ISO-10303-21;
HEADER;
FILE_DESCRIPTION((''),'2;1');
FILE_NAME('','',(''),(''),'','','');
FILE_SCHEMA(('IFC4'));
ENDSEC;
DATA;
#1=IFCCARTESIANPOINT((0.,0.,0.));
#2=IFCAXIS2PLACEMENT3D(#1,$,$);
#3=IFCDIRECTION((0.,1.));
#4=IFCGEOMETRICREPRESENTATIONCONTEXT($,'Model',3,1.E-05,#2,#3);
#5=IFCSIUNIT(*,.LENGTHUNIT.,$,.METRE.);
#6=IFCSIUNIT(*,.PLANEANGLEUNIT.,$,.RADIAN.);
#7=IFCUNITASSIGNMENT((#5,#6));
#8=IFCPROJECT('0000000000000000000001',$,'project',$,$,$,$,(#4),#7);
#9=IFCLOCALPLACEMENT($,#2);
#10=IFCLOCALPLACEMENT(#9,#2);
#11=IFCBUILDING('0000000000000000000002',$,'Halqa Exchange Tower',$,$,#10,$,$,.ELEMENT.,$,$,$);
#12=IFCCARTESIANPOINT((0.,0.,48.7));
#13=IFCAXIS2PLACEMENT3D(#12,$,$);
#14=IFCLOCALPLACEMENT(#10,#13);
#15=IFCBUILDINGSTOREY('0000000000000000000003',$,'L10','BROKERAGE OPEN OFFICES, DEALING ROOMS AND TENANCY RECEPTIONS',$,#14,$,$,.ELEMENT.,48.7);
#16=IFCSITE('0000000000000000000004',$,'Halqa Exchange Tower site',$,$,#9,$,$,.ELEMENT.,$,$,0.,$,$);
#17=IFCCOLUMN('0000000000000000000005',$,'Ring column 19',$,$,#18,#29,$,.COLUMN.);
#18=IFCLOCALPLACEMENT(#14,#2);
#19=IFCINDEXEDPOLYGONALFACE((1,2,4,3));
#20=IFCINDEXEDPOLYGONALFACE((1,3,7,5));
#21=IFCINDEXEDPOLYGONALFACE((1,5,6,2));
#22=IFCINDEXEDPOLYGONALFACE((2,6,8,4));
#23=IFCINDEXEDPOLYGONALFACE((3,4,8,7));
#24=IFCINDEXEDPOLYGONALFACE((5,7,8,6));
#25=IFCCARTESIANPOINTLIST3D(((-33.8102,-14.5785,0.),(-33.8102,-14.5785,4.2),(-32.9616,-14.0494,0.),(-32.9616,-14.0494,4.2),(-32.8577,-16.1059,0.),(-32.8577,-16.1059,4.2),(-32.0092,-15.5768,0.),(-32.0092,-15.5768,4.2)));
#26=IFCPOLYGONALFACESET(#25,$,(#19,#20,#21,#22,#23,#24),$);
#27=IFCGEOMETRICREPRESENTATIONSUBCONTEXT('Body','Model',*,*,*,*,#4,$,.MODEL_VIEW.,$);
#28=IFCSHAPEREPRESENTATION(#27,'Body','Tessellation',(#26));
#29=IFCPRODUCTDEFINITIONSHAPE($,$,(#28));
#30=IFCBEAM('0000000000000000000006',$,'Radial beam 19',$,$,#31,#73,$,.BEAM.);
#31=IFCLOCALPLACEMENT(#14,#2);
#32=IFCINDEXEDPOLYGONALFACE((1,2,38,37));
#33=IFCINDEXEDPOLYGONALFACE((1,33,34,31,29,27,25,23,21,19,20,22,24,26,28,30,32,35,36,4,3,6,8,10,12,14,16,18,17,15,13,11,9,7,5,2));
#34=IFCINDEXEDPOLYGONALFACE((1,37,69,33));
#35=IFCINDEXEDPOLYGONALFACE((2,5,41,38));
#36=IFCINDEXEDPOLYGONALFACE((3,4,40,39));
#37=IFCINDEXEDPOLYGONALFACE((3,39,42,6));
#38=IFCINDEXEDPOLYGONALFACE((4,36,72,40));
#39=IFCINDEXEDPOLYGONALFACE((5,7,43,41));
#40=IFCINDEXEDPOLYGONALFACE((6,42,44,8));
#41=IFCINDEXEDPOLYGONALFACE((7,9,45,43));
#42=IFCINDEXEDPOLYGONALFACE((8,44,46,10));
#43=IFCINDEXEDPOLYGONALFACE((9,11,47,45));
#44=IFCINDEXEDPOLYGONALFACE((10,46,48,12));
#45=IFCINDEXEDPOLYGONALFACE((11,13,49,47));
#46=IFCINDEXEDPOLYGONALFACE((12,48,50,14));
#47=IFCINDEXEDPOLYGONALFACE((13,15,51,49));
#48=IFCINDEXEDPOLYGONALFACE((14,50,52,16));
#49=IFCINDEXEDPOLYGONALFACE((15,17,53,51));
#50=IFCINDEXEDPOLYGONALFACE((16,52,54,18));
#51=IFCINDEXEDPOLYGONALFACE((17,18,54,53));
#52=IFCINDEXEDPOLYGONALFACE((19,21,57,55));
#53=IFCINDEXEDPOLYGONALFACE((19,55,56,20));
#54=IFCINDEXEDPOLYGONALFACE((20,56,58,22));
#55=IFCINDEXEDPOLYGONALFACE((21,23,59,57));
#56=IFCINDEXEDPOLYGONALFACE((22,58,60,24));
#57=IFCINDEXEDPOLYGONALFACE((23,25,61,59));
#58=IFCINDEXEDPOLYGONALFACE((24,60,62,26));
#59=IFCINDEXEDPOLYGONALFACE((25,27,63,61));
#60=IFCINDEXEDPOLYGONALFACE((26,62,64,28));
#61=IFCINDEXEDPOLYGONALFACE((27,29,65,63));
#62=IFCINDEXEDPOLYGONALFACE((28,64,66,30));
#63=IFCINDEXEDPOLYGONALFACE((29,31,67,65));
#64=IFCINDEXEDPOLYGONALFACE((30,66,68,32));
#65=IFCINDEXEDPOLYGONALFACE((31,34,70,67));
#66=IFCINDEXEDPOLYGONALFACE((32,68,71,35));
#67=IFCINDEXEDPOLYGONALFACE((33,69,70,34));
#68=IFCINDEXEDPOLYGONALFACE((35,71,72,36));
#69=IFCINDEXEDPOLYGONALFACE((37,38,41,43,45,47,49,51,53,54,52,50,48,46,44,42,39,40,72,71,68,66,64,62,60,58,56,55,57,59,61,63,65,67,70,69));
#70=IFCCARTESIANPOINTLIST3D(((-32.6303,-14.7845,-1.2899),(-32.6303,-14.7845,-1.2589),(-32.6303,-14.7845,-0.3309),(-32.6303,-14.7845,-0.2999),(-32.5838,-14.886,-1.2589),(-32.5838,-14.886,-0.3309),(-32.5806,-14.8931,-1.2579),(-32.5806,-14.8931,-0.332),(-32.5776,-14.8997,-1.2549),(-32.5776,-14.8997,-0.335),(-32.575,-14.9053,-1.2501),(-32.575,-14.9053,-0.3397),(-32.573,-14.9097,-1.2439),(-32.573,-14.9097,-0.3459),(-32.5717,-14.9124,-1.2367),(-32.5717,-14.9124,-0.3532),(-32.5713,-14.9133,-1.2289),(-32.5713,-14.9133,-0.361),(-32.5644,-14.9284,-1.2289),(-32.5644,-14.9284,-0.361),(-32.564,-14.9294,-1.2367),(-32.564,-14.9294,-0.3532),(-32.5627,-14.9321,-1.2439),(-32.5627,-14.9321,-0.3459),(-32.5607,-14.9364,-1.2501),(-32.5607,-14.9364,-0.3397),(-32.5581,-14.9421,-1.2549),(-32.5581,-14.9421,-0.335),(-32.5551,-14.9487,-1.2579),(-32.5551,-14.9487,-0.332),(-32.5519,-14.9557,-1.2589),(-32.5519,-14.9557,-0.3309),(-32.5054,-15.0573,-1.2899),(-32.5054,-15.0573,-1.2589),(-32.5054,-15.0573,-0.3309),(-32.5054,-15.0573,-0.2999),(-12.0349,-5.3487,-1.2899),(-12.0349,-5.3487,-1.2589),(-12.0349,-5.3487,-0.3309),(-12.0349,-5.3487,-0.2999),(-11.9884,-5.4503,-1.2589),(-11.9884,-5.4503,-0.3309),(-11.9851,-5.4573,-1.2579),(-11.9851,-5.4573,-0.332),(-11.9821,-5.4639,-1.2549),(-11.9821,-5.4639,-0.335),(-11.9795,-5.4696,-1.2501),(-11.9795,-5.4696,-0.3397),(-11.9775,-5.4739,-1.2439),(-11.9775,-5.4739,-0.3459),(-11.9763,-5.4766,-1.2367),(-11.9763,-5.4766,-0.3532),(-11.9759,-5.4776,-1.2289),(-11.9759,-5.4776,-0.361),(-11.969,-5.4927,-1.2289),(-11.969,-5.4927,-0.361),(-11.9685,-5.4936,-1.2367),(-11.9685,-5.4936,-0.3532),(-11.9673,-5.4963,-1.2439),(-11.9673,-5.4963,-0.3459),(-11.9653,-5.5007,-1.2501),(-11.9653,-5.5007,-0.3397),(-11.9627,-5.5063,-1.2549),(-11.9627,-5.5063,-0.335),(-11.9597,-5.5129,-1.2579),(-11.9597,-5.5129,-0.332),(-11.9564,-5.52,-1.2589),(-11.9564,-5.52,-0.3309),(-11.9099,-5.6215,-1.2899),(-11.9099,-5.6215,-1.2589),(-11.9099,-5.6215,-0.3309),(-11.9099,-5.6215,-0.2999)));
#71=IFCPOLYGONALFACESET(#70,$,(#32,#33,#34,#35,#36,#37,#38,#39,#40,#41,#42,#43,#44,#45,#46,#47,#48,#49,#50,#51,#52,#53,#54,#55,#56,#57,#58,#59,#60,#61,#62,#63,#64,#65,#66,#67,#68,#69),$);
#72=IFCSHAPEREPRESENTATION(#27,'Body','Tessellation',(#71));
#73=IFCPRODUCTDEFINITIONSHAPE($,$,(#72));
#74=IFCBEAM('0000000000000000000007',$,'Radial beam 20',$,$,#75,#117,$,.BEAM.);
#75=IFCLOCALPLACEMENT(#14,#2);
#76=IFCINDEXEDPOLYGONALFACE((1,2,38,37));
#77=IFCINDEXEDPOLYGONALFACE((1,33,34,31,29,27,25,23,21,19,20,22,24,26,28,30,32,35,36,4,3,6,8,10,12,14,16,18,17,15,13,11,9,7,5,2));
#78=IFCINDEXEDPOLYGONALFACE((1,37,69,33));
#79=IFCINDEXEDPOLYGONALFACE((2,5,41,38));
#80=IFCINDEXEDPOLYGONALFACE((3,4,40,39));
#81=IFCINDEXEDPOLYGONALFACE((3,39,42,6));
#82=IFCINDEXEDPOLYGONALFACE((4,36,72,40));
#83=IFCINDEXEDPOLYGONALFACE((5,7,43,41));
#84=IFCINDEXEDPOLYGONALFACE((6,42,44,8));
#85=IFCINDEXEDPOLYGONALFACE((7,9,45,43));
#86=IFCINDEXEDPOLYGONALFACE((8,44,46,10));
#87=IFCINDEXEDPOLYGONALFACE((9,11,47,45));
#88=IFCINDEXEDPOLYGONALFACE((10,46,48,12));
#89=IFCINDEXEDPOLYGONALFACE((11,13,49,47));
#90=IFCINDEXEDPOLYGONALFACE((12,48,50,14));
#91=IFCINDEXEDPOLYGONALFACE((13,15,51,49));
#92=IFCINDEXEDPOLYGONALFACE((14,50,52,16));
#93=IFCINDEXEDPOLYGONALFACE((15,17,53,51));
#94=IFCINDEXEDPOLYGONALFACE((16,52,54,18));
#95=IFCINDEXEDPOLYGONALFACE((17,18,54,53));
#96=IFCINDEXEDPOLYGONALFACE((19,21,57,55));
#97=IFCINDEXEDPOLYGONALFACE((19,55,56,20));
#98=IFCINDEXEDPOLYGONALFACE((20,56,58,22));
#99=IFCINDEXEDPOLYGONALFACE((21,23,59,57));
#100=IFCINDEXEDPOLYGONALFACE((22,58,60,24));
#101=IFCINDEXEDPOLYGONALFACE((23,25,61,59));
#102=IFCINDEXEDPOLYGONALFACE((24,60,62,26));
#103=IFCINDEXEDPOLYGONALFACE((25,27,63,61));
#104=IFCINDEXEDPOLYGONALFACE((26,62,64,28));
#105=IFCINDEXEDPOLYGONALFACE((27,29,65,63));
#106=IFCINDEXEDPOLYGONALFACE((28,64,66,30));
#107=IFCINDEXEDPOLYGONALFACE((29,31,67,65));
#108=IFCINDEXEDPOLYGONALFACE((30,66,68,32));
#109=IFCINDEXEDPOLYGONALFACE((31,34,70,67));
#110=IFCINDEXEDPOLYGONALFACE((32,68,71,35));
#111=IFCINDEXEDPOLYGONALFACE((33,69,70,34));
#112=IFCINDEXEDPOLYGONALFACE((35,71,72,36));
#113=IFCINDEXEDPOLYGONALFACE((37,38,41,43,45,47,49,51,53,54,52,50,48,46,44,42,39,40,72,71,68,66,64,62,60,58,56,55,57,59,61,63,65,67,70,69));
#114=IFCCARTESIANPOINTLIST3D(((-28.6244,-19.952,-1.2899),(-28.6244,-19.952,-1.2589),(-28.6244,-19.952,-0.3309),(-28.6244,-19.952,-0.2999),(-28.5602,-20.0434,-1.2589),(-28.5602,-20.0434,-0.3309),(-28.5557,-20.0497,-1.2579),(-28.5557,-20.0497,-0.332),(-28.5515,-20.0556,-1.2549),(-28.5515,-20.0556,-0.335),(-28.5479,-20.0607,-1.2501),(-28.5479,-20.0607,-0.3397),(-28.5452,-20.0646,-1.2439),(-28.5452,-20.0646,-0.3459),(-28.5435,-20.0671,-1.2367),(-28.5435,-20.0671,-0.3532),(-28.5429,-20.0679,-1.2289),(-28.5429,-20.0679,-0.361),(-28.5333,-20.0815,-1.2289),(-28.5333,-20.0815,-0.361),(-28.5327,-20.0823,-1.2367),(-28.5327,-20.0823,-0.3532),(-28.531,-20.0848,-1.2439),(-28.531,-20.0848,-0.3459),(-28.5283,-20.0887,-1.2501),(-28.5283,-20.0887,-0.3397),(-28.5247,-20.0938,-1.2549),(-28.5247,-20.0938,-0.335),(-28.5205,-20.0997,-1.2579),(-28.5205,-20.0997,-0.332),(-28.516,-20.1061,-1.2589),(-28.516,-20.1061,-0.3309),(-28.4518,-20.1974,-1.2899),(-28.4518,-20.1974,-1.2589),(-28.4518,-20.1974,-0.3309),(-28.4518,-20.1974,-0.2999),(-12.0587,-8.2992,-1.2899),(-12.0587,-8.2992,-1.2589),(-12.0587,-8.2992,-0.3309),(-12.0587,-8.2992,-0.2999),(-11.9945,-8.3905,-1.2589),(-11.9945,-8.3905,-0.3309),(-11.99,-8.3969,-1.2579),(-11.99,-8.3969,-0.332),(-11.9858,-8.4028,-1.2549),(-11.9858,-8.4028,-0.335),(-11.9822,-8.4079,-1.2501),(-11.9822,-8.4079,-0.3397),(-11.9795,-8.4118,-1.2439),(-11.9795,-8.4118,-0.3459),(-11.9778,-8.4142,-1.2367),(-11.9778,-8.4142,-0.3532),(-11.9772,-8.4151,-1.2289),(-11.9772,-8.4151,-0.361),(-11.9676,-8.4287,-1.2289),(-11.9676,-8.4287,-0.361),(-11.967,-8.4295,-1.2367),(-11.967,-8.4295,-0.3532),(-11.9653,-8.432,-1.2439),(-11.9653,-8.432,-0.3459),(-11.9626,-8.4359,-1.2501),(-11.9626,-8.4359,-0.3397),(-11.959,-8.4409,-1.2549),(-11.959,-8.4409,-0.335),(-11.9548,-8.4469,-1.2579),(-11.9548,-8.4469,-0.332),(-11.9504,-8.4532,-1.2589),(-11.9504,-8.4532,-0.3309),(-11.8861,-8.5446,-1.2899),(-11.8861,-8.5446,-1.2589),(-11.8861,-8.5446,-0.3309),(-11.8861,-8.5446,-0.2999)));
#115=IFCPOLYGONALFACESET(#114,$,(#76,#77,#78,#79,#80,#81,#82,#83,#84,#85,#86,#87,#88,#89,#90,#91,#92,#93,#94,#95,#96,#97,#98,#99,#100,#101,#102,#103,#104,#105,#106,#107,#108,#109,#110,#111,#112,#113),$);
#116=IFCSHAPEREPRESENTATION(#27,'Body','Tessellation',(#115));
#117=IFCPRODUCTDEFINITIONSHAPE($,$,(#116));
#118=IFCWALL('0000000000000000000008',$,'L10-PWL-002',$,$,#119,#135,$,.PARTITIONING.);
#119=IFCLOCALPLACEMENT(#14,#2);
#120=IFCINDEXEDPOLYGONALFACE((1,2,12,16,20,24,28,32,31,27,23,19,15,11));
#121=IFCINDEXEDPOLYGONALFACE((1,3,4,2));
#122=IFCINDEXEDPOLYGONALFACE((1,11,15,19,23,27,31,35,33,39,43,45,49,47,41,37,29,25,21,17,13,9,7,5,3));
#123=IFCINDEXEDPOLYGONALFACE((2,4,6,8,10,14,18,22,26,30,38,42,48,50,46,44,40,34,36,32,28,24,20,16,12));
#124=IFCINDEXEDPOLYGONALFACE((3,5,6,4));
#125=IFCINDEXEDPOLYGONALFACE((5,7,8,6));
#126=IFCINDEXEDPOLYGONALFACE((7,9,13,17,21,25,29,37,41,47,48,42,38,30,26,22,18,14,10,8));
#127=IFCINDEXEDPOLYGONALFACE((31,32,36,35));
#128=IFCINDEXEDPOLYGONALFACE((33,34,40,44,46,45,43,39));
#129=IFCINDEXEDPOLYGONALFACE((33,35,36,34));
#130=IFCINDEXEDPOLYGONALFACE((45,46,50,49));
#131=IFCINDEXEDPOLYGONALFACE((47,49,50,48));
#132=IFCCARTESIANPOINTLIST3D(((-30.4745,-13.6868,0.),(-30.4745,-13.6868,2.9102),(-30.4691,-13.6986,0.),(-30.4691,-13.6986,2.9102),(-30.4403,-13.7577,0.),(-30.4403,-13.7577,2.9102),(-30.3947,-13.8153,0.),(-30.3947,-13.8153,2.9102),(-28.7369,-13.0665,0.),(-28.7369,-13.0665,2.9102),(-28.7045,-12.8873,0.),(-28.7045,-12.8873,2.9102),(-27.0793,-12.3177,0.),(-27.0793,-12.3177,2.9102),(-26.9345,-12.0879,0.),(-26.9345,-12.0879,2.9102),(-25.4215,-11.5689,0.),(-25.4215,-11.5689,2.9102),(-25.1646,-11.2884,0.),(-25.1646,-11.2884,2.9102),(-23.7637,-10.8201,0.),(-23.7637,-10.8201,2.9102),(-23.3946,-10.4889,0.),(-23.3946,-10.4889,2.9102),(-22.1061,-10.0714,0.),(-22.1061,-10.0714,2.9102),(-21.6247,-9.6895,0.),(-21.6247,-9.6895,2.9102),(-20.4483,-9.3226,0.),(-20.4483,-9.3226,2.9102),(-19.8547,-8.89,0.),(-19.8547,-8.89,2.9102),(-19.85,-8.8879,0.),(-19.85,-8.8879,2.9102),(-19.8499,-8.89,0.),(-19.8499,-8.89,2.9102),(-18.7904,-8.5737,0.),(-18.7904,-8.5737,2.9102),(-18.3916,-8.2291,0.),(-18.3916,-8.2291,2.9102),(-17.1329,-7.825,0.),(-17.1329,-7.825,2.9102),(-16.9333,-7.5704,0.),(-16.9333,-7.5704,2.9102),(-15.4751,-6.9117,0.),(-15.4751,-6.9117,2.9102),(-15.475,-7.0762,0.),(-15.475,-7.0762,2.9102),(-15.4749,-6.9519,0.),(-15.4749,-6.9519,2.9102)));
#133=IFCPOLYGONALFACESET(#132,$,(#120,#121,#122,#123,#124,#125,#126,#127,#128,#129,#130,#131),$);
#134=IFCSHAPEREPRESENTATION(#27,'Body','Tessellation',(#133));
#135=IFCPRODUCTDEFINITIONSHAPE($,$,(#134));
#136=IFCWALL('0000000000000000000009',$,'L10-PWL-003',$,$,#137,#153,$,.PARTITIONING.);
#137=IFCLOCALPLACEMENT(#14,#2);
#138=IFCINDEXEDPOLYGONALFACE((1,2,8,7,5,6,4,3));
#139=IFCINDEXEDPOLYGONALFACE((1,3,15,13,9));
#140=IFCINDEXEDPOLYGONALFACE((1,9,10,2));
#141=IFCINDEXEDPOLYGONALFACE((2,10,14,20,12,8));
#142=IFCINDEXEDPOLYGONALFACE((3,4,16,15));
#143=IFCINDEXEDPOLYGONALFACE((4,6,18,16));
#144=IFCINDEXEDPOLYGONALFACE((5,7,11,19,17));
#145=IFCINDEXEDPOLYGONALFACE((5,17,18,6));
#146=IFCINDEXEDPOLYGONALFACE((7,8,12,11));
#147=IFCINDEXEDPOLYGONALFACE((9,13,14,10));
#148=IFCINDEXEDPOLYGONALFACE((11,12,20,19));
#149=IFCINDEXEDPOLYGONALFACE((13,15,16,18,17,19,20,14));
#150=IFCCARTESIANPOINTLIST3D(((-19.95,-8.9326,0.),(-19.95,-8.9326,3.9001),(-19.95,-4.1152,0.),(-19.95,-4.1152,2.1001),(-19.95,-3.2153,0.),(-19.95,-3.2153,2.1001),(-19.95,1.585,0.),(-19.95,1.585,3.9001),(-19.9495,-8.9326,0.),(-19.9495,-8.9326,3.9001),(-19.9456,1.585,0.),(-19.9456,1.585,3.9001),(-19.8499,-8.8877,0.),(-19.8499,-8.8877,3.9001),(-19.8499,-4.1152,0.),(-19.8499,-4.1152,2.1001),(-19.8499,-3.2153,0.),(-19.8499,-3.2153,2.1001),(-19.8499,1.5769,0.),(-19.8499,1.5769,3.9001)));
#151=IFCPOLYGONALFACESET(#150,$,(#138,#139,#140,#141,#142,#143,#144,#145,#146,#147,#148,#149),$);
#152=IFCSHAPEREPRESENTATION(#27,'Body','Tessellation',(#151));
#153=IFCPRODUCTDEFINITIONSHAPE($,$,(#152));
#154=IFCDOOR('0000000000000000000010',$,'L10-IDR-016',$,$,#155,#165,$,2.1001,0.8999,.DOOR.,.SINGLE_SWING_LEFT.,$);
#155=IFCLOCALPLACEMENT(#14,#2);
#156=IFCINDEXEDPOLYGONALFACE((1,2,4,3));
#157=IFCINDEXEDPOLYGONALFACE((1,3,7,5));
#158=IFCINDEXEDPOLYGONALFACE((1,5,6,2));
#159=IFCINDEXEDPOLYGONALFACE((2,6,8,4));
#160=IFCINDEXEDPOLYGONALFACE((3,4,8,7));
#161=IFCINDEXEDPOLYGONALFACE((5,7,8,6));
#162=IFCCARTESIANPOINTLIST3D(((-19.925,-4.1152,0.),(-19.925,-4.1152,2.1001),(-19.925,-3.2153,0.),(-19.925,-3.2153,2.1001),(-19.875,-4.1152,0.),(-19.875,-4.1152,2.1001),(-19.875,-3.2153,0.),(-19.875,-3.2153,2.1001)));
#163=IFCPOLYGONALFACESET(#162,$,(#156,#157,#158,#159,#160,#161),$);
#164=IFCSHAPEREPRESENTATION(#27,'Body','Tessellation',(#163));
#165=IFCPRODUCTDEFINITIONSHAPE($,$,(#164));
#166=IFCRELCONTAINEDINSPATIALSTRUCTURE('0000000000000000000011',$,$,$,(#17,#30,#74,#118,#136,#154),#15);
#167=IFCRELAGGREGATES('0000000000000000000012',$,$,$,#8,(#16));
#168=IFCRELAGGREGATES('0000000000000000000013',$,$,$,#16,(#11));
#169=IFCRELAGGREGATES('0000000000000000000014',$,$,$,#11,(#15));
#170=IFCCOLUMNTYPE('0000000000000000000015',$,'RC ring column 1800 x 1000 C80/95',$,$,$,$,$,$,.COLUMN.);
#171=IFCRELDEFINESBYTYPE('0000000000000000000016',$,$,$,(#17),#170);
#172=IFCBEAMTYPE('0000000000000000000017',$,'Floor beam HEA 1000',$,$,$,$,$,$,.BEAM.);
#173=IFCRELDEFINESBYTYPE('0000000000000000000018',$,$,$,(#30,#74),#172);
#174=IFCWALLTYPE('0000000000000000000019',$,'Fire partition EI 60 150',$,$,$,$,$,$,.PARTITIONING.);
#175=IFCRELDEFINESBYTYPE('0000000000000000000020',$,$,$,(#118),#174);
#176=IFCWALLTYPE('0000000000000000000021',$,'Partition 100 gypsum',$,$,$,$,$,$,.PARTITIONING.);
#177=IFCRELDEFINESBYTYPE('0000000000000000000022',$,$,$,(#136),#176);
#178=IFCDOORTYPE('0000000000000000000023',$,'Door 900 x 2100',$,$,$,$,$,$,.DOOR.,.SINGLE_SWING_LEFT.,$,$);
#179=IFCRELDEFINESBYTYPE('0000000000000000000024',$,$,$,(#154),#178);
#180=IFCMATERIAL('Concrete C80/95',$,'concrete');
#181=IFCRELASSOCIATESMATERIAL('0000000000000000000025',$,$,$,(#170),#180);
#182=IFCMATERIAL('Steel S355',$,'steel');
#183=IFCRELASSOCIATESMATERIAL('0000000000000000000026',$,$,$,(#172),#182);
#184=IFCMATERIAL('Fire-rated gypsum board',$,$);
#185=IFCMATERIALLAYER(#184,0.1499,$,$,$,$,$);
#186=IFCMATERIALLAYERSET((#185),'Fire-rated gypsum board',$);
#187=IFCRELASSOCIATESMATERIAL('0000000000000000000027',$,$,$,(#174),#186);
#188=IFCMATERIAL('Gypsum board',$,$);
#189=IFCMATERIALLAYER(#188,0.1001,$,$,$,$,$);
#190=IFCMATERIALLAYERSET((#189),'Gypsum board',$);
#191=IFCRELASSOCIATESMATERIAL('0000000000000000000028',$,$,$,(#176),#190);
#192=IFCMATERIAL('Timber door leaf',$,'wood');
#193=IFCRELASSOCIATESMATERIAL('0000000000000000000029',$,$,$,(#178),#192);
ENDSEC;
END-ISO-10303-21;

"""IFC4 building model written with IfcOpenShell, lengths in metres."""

from ifc_helpers import new_model, si_unit, direction, frame, frame_2d, origin, origin_2d, place, context, subcontext, project, spatial, polyline, rectangle, i_section, outline, extrude, material, layer, layer_set, material_profile, profile_set, type_object, element, fill, save


model = new_model("IFC4")

# Units and contexts
model_context = context("Model", 3, precision=1e-05, world=origin(), true_north=direction((0.0, 1.0)))
body_context = subcontext(model_context, "Body", "Model", "MODEL_VIEW")
ifc_project = project(units=[si_unit("LENGTHUNIT", "METRE"), si_unit("PLANEANGLEUNIT", "RADIAN")], contexts=[model_context])

# Site, building, storey
site_placement = place(None, origin())
site = spatial("IfcSite", under=ifc_project, at=site_placement, Name="Halqa Exchange Tower site", CompositionType="ELEMENT", RefElevation=0.0)
building_placement = place(site_placement, origin())
building = spatial("IfcBuilding", under=site, at=building_placement, Name="Halqa Exchange Tower", CompositionType="ELEMENT")
storey_placement = place(building_placement, frame((0.0, 0.0, 48.7)))
storey = spatial("IfcBuildingStorey", under=building, at=storey_placement, Name="L10", Description="BROKERAGE OPEN OFFICES, DEALING ROOMS AND TENANCY RECEPTIONS", CompositionType="ELEMENT", Elevation=48.7)

# Column
ifc_material_1 = material(Name="Concrete C80/95", Category="concrete")
ifc_material_profile_1 = material_profile(ifc_material_1, rectangle(XDim=1.8, YDim=1.0, at=origin_2d()), Name="1800 x 1000")
ifc_profile_set_1 = profile_set([ifc_material_profile_1], Name="Concrete C80/95")
column_type = type_object("IfcColumnType", Name="RC ring column 1800 x 1000 C80/95", PredefinedType="COLUMN", material=ifc_profile_set_1)
column_placement = place(storey_placement, frame((-32.9097, -15.0776, 0.0), z_axis=(0.0, 0.0, 1.0), x_axis=(0.529143, -0.848532, 0.0)))
element("IfcColumn", 1, at=column_placement, inside=storey, type_object=column_type, Name="Ring column 19", PredefinedType="COLUMN", context=body_context, shape_type="SweptSolid", body=[
    extrude(rectangle(XDim=1.8, YDim=1.0, at=origin_2d()), origin(), (0.0, 0.0, 1.0), 4.2),
])

# Beams
ifc_material_2 = material(Name="Steel S355", Category="steel")
ifc_material_profile_2 = material_profile(ifc_material_2, i_section(OverallWidth=0.3, OverallDepth=0.99, WebThickness=0.0166, FlangeThickness=0.031, FilletRadius=0.03, at=origin_2d()), Name="HEA 1000")
ifc_profile_set_2 = profile_set([ifc_material_profile_2], Name="Steel S355")
beam_type = type_object("IfcBeamType", Name="Floor beam HEA 1000", PredefinedType="BEAM", material=ifc_profile_set_2)
beam_1_placement = place(storey_placement, frame((-11.9724, -5.4851, -0.7949), z_axis=(-0.909128, -0.416516, 0.0), x_axis=(0.416516, -0.909128, 0.0)))
element("IfcBeam", 2, at=beam_1_placement, inside=storey, type_object=beam_type, Name="Radial beam 19", PredefinedType="BEAM", context=body_context, shape_type="SweptSolid", body=[
    extrude(i_section(OverallWidth=0.3, OverallDepth=0.99, WebThickness=0.0166, FlangeThickness=0.031, FilletRadius=0.03, at=origin_2d()), origin(), (0.0, 0.0, 1.0), 22.6541),
])
beam_2_placement = place(storey_placement, frame((-11.9724, -8.4219, -0.7949), z_axis=(-0.817911, -0.575345, 0.0), x_axis=(0.575345, -0.817911, 0.0)))
element("IfcBeam", 3, at=beam_2_placement, inside=storey, type_object=beam_type, Name="Radial beam 20", PredefinedType="BEAM", context=body_context, shape_type="SweptSolid", body=[
    extrude(i_section(OverallWidth=0.3, OverallDepth=0.99, WebThickness=0.0166, FlangeThickness=0.031, FilletRadius=0.03, at=origin_2d()), origin(), (0.0, 0.0, 1.0), 20.2537),
])

# Wall
ifc_material_3 = material(Name="Fire-rated gypsum board")
ifc_layer_1 = layer(ifc_material_3, 0.1499)
ifc_layer_set_1 = layer_set([ifc_layer_1], Name="Fire-rated gypsum board")
wall_type_1 = type_object("IfcWallType", Name="Fire partition EI 60 150", PredefinedType="PARTITIONING", material=ifc_layer_set_1)
wall_1_placement = place(storey_placement, frame((-30.4436, -13.7551, 0.0), z_axis=(0.0, 0.0, 1.0), x_axis=(0.911344, 0.411646, 0.0)))
element("IfcWall", 4, at=wall_1_placement, inside=storey, type_object=wall_type_1, Name="L10-PWL-002", PredefinedType="PARTITIONING", context=body_context, shape_type="SweptSolid", body=[
    extrude(outline(polyline([(0.0198, -0.075), (1.8389, -0.075), (3.6577, -0.075), (5.4768, -0.075), (7.2959, -0.075), (9.1147, -0.075), (10.9338, -0.075), (12.7529, -0.075), (14.5718, -0.075), (16.3909, -0.075), (16.4421, 0.0383), (16.4421, 0.0383), (16.4585, 0.075), (14.8584, 0.075), (13.2583, 0.075), (11.658, 0.075), (11.6572, 0.073), (11.6528, 0.075), (9.7107, 0.075), (7.7686, 0.075), (5.8264, 0.075), (3.8843, 0.075), (1.9421, 0.075), (0.0, 0.075), (0.0, 0.062), (0.002, -0.0037), (0.0198, -0.075)])), origin(), (0.0, 0.0, 1.0), 2.9102),
])

# Wall, opening, door
ifc_material_4 = material(Name="Gypsum board")
ifc_layer_2 = layer(ifc_material_4, 0.1001)
ifc_layer_set_2 = layer_set([ifc_layer_2], Name="Gypsum board")
wall_type_2 = type_object("IfcWallType", Name="Partition 100 gypsum", PredefinedType="PARTITIONING", material=ifc_layer_set_2)
wall_2_placement = place(storey_placement, frame((-19.8999, -8.9326, 0.0), z_axis=(0.0, 0.0, 1.0), x_axis=(0.0, 1.0, 0.0)))
wall_2 = element("IfcWall", 5, at=wall_2_placement, inside=storey, type_object=wall_type_2, Name="L10-PWL-003", PredefinedType="PARTITIONING", context=body_context, shape_type="SweptSolid", body=[
    extrude(outline(polyline([(0.0449, -0.05), (1.7891, -0.05), (3.5332, -0.05), (5.2773, -0.05), (7.0212, -0.05), (8.7654, -0.05), (10.5095, -0.05), (10.5176, 0.0457), (10.5176, 0.05), (8.7646, 0.05), (7.0117, 0.05), (5.2588, 0.05), (3.5059, 0.05), (1.7529, 0.05), (0.0, 0.05), (0.0, 0.0496), (0.0449, -0.05)])), origin(), (0.0, 0.0, 1.0), 3.9001),
])
opening_1_placement = place(wall_2_placement, frame((4.8174, 0.0, 0.0)))
opening_1 = element("IfcOpeningElement", 6, at=opening_1_placement, cuts=wall_2, PredefinedType="OPENING", context=body_context, shape_type="SweptSolid", body=[
    extrude(rectangle(XDim=0.8999, YDim=2.1001, at=frame_2d((0.45, 1.05))), frame((0.0, 0.062, 0.0), z_axis=(0.0, -1.0, 0.0), x_axis=(1.0, 0.0, 0.0)), (0.0, 0.0, 1.0), 0.124),
])
ifc_material_5 = material(Name="Timber door leaf", Category="wood")
door_type_1 = type_object("IfcDoorType", Name="Door 900 x 2100", OperationType="SINGLE_SWING_LEFT", PredefinedType="DOOR", material=ifc_material_5)
door_1_placement = place(opening_1_placement, frame((0.8999, 0.0, 0.0), z_axis=(0.0, 0.0, 1.0), x_axis=(-1.0, 0.0, 0.0)))
door_1 = element("IfcDoor", 7, at=door_1_placement, inside=storey, type_object=door_type_1, Name="L10-IDR-016", OperationType="SINGLE_SWING_LEFT", OverallHeight=2.1001, OverallWidth=0.8999, PredefinedType="DOOR", context=body_context, shape_type="SweptSolid", body=[
    extrude(rectangle(XDim=0.8999, YDim=2.1001, at=frame_2d((0.45, 1.05))), frame((0.0, 0.0249, 0.0), z_axis=(0.0, -1.0, 0.0), x_axis=(1.0, 0.0, 0.0)), (0.0, 0.0, 1.0), 0.05),
])
fill(opening_1, door_1)

save(model, "model.ifc")
